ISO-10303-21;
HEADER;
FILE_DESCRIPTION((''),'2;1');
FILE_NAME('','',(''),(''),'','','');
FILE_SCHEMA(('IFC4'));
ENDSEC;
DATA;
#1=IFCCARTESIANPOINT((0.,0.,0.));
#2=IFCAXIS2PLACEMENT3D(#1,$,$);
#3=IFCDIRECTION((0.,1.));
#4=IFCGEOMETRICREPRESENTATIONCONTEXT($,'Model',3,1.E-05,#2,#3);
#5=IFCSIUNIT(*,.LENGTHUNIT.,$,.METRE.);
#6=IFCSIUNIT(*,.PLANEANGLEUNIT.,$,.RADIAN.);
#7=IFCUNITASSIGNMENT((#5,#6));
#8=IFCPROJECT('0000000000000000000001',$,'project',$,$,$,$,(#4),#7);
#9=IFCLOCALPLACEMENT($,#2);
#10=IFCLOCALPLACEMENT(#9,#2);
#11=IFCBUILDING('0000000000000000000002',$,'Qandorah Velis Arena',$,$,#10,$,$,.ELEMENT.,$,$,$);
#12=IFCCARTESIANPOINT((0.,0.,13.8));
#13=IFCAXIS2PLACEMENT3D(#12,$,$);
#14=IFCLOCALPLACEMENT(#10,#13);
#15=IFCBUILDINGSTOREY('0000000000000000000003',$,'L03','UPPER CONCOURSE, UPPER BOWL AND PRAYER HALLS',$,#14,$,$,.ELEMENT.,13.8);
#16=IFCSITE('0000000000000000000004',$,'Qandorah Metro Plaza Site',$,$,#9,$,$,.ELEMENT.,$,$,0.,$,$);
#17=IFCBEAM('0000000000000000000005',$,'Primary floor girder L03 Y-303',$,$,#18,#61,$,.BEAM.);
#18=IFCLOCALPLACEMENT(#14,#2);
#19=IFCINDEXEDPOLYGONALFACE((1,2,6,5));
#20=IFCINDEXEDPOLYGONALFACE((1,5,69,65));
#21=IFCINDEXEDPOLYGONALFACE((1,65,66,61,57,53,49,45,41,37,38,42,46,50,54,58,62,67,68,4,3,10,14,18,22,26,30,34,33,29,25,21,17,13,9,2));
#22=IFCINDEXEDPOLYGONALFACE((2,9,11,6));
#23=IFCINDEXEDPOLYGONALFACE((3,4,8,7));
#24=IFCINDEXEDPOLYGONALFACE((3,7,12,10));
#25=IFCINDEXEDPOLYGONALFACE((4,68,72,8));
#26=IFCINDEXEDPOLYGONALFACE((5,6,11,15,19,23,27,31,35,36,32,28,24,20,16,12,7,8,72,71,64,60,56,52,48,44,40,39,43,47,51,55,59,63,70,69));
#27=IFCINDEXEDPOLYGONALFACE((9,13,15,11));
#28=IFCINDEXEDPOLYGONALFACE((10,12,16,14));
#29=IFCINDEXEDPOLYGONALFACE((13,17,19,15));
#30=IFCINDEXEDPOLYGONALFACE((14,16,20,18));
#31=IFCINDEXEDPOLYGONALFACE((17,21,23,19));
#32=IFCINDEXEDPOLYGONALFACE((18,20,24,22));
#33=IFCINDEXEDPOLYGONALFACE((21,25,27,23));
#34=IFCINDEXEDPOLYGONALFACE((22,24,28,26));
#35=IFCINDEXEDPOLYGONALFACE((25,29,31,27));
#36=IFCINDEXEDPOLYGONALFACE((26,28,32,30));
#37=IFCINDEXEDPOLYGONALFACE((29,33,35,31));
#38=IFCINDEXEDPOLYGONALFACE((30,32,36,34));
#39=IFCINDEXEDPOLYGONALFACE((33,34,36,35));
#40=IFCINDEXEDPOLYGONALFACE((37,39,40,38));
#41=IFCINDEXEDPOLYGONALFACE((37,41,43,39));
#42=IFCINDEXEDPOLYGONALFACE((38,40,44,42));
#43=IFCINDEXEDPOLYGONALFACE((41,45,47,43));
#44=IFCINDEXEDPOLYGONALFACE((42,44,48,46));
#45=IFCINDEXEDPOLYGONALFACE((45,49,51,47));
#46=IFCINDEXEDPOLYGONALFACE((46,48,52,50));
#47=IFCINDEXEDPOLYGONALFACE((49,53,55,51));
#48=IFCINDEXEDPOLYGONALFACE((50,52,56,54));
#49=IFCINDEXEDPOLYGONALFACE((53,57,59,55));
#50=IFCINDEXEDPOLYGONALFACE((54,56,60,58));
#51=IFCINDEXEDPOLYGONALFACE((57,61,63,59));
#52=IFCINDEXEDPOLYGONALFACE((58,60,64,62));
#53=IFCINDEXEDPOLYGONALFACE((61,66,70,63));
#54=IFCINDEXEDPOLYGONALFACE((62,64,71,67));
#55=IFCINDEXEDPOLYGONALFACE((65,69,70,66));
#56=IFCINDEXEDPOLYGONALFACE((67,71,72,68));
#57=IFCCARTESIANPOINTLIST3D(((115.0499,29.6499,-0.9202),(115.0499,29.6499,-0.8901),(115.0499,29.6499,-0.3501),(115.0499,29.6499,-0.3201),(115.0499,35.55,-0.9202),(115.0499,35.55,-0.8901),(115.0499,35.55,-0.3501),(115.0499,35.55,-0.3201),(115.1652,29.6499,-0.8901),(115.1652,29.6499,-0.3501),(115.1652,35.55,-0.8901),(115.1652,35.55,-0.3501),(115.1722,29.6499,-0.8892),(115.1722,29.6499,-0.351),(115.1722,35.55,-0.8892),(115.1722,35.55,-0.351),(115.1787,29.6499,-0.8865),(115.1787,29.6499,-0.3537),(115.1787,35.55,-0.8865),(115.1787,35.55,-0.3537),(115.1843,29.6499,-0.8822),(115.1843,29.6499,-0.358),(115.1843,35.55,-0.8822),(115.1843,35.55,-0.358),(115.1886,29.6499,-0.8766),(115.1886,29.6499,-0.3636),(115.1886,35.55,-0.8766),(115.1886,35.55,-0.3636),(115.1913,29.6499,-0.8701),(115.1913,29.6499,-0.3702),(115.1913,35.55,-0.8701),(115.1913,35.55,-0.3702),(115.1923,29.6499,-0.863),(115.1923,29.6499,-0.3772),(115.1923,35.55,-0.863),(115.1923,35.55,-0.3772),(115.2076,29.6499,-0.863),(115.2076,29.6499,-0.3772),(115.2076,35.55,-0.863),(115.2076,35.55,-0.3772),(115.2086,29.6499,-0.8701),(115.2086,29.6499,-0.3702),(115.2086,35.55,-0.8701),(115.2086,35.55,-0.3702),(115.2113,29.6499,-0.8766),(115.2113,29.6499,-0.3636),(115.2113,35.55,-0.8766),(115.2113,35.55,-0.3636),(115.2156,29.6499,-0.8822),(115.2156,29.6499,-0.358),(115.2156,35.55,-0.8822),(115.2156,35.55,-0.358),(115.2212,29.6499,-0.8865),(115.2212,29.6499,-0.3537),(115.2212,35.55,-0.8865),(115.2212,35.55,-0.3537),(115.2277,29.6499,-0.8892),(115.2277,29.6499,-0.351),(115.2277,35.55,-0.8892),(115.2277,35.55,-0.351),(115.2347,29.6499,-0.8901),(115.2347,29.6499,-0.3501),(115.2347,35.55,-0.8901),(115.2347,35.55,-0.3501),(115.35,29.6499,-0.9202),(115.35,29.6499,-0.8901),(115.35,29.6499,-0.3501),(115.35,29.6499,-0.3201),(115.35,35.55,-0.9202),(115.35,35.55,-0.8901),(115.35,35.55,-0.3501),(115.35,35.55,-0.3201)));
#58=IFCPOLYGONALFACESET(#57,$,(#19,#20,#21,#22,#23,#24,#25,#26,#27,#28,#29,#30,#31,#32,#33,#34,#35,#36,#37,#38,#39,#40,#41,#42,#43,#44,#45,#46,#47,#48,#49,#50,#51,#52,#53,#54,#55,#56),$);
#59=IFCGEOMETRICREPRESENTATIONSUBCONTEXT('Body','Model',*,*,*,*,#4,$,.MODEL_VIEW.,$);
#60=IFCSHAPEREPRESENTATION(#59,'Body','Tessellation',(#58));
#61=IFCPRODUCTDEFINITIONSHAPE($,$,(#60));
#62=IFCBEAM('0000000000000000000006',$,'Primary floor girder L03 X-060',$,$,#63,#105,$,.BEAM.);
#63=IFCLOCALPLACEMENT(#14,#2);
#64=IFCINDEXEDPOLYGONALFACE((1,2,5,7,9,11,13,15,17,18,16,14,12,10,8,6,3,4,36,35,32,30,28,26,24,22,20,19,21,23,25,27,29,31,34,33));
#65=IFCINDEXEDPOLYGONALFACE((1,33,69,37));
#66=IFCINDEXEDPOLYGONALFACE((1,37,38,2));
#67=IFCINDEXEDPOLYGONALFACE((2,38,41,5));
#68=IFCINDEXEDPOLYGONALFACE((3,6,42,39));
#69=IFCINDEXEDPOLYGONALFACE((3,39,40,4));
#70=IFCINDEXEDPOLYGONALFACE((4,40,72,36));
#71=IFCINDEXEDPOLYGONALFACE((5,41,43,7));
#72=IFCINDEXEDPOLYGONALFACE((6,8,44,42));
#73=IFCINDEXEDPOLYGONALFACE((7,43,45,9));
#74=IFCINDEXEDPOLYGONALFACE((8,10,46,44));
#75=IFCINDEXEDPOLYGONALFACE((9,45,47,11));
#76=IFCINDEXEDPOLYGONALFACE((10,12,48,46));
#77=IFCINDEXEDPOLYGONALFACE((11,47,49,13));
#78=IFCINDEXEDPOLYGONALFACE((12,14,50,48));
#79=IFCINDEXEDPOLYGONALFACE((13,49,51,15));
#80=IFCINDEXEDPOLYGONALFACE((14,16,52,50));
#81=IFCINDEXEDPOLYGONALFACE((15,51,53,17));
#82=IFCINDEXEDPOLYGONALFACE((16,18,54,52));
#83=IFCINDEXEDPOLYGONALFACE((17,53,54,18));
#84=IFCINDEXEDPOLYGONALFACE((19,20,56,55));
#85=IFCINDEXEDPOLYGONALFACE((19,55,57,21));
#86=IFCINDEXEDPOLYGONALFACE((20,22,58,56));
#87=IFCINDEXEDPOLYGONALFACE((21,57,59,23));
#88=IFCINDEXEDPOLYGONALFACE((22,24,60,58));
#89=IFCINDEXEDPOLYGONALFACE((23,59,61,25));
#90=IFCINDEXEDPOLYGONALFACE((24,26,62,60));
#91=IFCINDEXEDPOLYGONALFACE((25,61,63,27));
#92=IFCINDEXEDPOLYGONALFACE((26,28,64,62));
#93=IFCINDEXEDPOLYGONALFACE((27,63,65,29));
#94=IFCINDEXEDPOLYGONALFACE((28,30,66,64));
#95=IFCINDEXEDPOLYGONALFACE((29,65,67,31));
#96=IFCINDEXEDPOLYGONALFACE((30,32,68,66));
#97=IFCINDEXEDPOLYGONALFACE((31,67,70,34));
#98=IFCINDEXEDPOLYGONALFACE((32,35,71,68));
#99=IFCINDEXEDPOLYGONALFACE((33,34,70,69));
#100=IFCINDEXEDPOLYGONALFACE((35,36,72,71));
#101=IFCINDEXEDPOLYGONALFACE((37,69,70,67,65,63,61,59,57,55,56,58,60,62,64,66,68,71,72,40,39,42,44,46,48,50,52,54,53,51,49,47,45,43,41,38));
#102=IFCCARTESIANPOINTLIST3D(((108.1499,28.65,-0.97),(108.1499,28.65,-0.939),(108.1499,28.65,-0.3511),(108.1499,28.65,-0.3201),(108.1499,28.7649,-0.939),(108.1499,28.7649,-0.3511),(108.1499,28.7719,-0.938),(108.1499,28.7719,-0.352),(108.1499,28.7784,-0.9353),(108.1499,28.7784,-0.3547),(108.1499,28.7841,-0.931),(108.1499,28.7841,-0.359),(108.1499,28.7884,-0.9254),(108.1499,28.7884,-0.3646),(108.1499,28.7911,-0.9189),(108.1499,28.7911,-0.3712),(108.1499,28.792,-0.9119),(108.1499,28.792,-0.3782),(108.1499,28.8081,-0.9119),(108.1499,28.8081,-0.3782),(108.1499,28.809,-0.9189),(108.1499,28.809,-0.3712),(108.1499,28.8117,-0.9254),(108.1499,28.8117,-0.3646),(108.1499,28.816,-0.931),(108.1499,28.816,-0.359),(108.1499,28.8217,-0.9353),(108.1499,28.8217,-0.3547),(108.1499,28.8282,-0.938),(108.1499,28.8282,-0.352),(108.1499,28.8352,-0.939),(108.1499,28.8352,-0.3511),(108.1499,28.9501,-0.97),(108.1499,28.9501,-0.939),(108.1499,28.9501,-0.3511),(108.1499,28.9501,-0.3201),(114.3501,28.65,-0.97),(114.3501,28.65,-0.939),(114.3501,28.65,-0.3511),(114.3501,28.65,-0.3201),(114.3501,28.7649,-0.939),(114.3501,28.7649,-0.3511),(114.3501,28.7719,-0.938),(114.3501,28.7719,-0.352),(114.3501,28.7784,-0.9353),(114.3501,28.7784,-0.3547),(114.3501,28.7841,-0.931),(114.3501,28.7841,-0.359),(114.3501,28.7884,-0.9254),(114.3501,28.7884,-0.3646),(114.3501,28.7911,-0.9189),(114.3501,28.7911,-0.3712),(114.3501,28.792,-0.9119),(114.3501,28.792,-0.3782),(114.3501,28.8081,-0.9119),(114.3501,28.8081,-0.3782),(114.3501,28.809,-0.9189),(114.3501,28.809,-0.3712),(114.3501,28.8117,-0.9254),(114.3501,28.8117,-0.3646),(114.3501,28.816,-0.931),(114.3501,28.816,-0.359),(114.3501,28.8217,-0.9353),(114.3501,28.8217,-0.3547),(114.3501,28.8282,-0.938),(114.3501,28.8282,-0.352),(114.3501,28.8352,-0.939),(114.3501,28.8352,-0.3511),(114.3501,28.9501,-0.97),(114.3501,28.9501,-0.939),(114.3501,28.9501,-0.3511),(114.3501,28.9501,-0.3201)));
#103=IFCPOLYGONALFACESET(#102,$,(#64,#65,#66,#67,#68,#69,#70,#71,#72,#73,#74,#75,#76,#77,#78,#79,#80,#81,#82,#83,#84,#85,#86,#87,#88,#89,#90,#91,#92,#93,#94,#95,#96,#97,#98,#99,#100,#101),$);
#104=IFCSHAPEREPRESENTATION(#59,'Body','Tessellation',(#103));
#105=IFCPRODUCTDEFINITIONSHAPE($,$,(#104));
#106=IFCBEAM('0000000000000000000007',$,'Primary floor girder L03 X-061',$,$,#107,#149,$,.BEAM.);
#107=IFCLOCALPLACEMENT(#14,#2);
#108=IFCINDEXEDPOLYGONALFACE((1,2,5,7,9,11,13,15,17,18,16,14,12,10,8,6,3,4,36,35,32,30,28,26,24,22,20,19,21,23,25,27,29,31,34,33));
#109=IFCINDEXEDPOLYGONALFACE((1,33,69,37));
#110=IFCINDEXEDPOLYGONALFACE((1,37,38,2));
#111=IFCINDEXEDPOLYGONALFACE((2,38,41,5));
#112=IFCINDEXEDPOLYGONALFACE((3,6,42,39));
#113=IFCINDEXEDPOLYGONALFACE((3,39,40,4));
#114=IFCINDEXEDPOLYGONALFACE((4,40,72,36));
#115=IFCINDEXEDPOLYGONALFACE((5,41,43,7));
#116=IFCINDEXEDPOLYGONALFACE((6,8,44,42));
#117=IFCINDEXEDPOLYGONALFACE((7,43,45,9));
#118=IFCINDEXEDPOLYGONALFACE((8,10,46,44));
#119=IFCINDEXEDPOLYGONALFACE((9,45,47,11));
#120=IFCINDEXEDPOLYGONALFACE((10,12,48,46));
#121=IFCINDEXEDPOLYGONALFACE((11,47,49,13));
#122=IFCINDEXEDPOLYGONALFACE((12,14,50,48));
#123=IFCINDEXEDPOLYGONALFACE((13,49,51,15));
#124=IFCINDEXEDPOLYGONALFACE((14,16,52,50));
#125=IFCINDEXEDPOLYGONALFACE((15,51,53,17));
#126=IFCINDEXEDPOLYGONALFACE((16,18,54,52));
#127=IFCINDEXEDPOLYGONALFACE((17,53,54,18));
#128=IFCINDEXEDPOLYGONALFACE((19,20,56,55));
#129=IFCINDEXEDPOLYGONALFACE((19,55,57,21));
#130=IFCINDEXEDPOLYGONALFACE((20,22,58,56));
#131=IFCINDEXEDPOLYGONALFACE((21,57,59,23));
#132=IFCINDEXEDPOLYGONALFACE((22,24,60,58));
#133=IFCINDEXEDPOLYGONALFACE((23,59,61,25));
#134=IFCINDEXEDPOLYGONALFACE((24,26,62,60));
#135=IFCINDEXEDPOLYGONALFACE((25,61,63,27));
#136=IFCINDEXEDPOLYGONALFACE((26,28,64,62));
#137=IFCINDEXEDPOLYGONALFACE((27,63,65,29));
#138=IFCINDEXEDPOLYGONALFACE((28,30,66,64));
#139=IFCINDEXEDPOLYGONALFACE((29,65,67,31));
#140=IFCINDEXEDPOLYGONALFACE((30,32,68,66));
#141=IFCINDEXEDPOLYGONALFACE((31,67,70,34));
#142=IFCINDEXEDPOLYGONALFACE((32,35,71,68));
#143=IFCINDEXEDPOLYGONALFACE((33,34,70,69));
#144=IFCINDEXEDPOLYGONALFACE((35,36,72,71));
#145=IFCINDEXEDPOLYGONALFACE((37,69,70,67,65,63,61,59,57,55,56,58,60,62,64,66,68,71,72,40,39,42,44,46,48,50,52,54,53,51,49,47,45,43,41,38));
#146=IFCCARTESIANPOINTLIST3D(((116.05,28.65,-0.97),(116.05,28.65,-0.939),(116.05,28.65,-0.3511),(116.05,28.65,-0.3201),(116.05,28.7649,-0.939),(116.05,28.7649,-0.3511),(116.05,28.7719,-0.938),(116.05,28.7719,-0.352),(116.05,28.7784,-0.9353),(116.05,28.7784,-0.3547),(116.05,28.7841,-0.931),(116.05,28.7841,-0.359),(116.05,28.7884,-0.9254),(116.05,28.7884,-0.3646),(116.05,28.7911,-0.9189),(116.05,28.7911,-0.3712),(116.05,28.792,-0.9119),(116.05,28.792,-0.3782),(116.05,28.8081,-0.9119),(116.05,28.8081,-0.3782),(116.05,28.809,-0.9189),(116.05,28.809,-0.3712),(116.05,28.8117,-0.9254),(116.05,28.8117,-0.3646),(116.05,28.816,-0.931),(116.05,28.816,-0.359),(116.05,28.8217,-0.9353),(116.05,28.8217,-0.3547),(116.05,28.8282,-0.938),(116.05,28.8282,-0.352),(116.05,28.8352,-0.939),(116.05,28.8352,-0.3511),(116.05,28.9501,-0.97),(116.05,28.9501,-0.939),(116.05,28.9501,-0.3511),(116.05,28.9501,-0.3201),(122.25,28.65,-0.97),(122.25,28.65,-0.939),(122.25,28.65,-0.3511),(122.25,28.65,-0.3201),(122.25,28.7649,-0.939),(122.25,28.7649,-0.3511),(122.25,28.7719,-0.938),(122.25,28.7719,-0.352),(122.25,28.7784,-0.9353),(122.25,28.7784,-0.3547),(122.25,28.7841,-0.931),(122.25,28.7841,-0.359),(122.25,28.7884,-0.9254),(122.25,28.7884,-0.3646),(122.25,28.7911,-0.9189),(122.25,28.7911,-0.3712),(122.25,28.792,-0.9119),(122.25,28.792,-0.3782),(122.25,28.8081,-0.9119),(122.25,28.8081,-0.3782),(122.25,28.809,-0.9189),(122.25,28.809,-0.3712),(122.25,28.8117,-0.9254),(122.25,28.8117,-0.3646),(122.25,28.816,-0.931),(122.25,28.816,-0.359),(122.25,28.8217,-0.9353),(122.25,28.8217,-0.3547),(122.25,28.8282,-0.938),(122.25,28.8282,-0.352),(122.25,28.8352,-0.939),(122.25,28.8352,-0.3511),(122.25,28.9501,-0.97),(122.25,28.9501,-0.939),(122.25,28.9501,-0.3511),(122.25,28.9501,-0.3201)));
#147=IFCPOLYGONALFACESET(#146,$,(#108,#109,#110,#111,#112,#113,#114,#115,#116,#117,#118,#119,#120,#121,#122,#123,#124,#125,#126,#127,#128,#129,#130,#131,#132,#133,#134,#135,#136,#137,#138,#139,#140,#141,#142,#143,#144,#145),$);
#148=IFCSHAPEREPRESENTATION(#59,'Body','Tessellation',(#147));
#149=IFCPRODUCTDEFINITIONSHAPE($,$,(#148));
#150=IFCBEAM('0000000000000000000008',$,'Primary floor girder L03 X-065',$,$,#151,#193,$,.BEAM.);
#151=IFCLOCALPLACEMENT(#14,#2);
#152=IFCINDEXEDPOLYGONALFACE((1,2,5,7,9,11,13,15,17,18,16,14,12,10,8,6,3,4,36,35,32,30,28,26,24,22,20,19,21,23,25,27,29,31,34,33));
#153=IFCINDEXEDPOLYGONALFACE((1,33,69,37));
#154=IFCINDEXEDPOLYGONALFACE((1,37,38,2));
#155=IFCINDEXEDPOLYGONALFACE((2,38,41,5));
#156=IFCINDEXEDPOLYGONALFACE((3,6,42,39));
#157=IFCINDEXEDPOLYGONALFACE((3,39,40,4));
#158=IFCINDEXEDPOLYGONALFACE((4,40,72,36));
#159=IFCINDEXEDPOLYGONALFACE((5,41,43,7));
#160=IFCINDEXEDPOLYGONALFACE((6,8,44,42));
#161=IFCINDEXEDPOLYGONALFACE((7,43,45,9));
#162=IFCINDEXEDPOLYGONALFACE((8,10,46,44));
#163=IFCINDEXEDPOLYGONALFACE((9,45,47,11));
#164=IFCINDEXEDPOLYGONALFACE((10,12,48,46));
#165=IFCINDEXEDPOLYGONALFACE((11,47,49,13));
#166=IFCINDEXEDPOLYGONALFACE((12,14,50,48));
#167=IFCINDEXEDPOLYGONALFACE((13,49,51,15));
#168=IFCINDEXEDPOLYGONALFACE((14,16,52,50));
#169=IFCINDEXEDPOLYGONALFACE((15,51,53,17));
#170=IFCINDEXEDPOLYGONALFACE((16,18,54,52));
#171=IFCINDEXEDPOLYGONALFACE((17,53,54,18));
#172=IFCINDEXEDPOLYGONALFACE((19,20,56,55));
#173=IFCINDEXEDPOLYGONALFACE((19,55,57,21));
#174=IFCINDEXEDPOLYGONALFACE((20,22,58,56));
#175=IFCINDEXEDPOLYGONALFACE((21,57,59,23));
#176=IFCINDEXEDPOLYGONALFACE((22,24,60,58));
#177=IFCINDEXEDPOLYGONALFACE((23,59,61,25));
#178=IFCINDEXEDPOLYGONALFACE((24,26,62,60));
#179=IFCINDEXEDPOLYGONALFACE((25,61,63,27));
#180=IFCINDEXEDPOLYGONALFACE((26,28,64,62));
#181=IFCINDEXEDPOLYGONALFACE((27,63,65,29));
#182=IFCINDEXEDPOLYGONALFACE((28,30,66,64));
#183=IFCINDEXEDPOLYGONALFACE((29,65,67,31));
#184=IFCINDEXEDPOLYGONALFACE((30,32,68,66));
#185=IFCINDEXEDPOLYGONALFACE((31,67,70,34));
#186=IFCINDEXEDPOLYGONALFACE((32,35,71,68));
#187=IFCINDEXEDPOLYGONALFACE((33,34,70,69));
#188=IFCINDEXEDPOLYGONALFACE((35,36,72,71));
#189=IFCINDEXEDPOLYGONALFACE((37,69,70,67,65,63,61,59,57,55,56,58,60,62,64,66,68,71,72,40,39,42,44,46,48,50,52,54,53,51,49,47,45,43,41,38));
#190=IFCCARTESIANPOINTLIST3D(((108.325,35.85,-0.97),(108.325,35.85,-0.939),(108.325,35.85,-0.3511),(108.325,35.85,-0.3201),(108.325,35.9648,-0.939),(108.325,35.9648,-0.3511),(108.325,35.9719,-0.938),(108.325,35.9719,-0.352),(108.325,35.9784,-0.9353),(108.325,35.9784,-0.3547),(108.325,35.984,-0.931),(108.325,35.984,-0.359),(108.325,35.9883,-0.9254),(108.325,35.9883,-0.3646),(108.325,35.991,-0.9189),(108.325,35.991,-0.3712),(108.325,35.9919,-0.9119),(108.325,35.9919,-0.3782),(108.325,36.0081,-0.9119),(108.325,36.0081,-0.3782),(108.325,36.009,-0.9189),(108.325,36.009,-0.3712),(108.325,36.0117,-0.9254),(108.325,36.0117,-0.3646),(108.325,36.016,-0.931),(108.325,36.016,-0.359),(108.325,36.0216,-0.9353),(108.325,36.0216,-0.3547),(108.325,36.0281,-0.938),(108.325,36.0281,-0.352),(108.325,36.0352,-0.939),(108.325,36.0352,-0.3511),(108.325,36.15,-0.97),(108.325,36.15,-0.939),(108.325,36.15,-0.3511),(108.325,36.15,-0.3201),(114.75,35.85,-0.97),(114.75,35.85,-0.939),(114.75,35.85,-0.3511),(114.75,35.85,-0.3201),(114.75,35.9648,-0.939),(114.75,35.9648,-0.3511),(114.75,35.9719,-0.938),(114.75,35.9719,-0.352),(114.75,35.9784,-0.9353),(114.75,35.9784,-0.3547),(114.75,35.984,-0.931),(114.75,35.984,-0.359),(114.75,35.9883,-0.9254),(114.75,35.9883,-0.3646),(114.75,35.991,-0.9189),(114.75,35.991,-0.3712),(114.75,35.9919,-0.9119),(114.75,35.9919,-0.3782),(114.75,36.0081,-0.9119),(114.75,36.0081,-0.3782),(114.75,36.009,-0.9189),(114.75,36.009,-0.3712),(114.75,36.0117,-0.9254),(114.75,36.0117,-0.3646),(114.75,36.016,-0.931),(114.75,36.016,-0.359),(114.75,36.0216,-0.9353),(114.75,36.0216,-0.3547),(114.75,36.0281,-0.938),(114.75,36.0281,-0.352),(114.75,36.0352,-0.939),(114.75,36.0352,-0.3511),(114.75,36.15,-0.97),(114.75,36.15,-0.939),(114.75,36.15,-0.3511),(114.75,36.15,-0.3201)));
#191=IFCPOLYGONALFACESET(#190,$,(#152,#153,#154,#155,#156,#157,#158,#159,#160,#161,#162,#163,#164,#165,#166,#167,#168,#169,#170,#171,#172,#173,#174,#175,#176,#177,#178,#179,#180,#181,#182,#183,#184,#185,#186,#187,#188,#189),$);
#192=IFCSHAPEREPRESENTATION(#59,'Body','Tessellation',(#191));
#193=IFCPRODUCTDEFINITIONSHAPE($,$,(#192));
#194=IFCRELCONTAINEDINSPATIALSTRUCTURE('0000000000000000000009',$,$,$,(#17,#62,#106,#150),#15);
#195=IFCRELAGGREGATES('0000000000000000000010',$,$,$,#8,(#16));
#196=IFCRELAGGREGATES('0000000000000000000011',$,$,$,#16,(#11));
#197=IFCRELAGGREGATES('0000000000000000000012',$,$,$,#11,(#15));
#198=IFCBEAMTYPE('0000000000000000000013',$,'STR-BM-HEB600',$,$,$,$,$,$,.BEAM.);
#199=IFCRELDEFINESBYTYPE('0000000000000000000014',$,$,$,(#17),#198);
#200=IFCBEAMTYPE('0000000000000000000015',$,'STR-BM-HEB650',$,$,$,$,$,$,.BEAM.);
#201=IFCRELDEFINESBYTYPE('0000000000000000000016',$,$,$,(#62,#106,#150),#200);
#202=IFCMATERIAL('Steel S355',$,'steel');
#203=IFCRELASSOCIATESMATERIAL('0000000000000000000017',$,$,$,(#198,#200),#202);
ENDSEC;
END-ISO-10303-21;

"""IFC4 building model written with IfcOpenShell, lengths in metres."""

from ifc_helpers import new_model, si_unit, direction, frame, origin, origin_2d, place, context, subcontext, project, spatial, i_section, extrude, material, material_profile, profile_set, type_object, element, save


model = new_model("IFC4")

# Units and contexts
model_context = context("Model", 3, precision=1e-05, world=origin(), true_north=direction((0.0, 1.0)))
body_context = subcontext(model_context, "Body", "Model", "MODEL_VIEW")
ifc_project = project(units=[si_unit("LENGTHUNIT", "METRE"), si_unit("PLANEANGLEUNIT", "RADIAN")], contexts=[model_context])

# Site, building, storey
site_placement = place(None, origin())
site = spatial("IfcSite", under=ifc_project, at=site_placement, Name="Qandorah Metro Plaza Site", CompositionType="ELEMENT", RefElevation=0.0)
building_placement = place(site_placement, origin())
building = spatial("IfcBuilding", under=site, at=building_placement, Name="Qandorah Velis Arena", CompositionType="ELEMENT")
storey_placement = place(building_placement, frame((0.0, 0.0, 13.8)))
storey = spatial("IfcBuildingStorey", under=building, at=storey_placement, Name="L03", Description="UPPER CONCOURSE, UPPER BOWL AND PRAYER HALLS", CompositionType="ELEMENT", Elevation=13.8)

# Beams
ifc_material_1 = material(Name="Steel S355", Category="steel")
ifc_material_profile_1 = material_profile(ifc_material_1, i_section(OverallWidth=0.3, OverallDepth=0.6001, WebThickness=0.0154, FlangeThickness=0.03, FilletRadius=0.0271, at=origin_2d()), Name="HEB 600")
ifc_profile_set_1 = profile_set([ifc_material_profile_1], Name="Steel S355")
beam_type_1 = type_object("IfcBeamType", Name="STR-BM-HEB600", PredefinedType="BEAM", material=ifc_profile_set_1)
beam_1_placement = place(storey_placement, frame((115.2, 29.6499, -0.6201), z_axis=(0.0, 1.0, 0.0), x_axis=(-1.0, 0.0, 0.0)))
element("IfcBeam", 1, at=beam_1_placement, inside=storey, type_object=beam_type_1, Name="Primary floor girder L03 Y-303", PredefinedType="BEAM", context=body_context, shape_type="SweptSolid", body=[
    extrude(i_section(OverallWidth=0.3, OverallDepth=0.6001, WebThickness=0.0154, FlangeThickness=0.03, FilletRadius=0.0271, at=origin_2d()), origin(), (0.0, 0.0, 1.0), 5.9001),
])
ifc_material_profile_2 = material_profile(ifc_material_1, i_section(OverallWidth=0.3, OverallDepth=0.6499, WebThickness=0.0161, FlangeThickness=0.031, FilletRadius=0.0271, at=origin_2d()), Name="HEB 650")
ifc_profile_set_2 = profile_set([ifc_material_profile_2], Name="Steel S355")
beam_type_2 = type_object("IfcBeamType", Name="STR-BM-HEB650", PredefinedType="BEAM", material=ifc_profile_set_2)
beam_2_placement = place(storey_placement, frame((108.1499, 28.8, -0.645), z_axis=(1.0, 0.0, 0.0), x_axis=(0.0, 1.0, 0.0)))
element("IfcBeam", 2, at=beam_2_placement, inside=storey, type_object=beam_type_2, Name="Primary floor girder L03 X-060", PredefinedType="BEAM", context=body_context, shape_type="SweptSolid", body=[
    extrude(i_section(OverallWidth=0.3, OverallDepth=0.6499, WebThickness=0.0161, FlangeThickness=0.031, FilletRadius=0.0271, at=origin_2d()), origin(), (0.0, 0.0, 1.0), 6.2002),
])
beam_3_placement = place(storey_placement, frame((116.05, 28.8, -0.645), z_axis=(1.0, 0.0, 0.0), x_axis=(0.0, 1.0, 0.0)))
element("IfcBeam", 3, at=beam_3_placement, inside=storey, type_object=beam_type_2, Name="Primary floor girder L03 X-061", PredefinedType="BEAM", context=body_context, shape_type="SweptSolid", body=[
    extrude(i_section(OverallWidth=0.3, OverallDepth=0.6499, WebThickness=0.0161, FlangeThickness=0.031, FilletRadius=0.0271, at=origin_2d()), origin(), (0.0, 0.0, 1.0), 6.2),
])
for number, where, z_axis, x_axis, name in (
    (4, (108.325, 36.0, -0.645), (1.0, 0.0, 0.0), (0.0, 1.0, 0.0), "Primary floor girder L03 X-065"),
):
    element("IfcBeam", number, at=place(storey_placement, frame(where, z_axis=z_axis, x_axis=x_axis)), inside=storey, type_object=beam_type_2, Name=name, PredefinedType="BEAM", context=body_context, shape_type="SweptSolid", body=[
        extrude(i_section(OverallWidth=0.3, OverallDepth=0.6499, WebThickness=0.0161, FlangeThickness=0.031, FilletRadius=0.0271, at=origin_2d()), origin(), (0.0, 0.0, 1.0), 6.425),
    ])

save(model, "model.ifc")
